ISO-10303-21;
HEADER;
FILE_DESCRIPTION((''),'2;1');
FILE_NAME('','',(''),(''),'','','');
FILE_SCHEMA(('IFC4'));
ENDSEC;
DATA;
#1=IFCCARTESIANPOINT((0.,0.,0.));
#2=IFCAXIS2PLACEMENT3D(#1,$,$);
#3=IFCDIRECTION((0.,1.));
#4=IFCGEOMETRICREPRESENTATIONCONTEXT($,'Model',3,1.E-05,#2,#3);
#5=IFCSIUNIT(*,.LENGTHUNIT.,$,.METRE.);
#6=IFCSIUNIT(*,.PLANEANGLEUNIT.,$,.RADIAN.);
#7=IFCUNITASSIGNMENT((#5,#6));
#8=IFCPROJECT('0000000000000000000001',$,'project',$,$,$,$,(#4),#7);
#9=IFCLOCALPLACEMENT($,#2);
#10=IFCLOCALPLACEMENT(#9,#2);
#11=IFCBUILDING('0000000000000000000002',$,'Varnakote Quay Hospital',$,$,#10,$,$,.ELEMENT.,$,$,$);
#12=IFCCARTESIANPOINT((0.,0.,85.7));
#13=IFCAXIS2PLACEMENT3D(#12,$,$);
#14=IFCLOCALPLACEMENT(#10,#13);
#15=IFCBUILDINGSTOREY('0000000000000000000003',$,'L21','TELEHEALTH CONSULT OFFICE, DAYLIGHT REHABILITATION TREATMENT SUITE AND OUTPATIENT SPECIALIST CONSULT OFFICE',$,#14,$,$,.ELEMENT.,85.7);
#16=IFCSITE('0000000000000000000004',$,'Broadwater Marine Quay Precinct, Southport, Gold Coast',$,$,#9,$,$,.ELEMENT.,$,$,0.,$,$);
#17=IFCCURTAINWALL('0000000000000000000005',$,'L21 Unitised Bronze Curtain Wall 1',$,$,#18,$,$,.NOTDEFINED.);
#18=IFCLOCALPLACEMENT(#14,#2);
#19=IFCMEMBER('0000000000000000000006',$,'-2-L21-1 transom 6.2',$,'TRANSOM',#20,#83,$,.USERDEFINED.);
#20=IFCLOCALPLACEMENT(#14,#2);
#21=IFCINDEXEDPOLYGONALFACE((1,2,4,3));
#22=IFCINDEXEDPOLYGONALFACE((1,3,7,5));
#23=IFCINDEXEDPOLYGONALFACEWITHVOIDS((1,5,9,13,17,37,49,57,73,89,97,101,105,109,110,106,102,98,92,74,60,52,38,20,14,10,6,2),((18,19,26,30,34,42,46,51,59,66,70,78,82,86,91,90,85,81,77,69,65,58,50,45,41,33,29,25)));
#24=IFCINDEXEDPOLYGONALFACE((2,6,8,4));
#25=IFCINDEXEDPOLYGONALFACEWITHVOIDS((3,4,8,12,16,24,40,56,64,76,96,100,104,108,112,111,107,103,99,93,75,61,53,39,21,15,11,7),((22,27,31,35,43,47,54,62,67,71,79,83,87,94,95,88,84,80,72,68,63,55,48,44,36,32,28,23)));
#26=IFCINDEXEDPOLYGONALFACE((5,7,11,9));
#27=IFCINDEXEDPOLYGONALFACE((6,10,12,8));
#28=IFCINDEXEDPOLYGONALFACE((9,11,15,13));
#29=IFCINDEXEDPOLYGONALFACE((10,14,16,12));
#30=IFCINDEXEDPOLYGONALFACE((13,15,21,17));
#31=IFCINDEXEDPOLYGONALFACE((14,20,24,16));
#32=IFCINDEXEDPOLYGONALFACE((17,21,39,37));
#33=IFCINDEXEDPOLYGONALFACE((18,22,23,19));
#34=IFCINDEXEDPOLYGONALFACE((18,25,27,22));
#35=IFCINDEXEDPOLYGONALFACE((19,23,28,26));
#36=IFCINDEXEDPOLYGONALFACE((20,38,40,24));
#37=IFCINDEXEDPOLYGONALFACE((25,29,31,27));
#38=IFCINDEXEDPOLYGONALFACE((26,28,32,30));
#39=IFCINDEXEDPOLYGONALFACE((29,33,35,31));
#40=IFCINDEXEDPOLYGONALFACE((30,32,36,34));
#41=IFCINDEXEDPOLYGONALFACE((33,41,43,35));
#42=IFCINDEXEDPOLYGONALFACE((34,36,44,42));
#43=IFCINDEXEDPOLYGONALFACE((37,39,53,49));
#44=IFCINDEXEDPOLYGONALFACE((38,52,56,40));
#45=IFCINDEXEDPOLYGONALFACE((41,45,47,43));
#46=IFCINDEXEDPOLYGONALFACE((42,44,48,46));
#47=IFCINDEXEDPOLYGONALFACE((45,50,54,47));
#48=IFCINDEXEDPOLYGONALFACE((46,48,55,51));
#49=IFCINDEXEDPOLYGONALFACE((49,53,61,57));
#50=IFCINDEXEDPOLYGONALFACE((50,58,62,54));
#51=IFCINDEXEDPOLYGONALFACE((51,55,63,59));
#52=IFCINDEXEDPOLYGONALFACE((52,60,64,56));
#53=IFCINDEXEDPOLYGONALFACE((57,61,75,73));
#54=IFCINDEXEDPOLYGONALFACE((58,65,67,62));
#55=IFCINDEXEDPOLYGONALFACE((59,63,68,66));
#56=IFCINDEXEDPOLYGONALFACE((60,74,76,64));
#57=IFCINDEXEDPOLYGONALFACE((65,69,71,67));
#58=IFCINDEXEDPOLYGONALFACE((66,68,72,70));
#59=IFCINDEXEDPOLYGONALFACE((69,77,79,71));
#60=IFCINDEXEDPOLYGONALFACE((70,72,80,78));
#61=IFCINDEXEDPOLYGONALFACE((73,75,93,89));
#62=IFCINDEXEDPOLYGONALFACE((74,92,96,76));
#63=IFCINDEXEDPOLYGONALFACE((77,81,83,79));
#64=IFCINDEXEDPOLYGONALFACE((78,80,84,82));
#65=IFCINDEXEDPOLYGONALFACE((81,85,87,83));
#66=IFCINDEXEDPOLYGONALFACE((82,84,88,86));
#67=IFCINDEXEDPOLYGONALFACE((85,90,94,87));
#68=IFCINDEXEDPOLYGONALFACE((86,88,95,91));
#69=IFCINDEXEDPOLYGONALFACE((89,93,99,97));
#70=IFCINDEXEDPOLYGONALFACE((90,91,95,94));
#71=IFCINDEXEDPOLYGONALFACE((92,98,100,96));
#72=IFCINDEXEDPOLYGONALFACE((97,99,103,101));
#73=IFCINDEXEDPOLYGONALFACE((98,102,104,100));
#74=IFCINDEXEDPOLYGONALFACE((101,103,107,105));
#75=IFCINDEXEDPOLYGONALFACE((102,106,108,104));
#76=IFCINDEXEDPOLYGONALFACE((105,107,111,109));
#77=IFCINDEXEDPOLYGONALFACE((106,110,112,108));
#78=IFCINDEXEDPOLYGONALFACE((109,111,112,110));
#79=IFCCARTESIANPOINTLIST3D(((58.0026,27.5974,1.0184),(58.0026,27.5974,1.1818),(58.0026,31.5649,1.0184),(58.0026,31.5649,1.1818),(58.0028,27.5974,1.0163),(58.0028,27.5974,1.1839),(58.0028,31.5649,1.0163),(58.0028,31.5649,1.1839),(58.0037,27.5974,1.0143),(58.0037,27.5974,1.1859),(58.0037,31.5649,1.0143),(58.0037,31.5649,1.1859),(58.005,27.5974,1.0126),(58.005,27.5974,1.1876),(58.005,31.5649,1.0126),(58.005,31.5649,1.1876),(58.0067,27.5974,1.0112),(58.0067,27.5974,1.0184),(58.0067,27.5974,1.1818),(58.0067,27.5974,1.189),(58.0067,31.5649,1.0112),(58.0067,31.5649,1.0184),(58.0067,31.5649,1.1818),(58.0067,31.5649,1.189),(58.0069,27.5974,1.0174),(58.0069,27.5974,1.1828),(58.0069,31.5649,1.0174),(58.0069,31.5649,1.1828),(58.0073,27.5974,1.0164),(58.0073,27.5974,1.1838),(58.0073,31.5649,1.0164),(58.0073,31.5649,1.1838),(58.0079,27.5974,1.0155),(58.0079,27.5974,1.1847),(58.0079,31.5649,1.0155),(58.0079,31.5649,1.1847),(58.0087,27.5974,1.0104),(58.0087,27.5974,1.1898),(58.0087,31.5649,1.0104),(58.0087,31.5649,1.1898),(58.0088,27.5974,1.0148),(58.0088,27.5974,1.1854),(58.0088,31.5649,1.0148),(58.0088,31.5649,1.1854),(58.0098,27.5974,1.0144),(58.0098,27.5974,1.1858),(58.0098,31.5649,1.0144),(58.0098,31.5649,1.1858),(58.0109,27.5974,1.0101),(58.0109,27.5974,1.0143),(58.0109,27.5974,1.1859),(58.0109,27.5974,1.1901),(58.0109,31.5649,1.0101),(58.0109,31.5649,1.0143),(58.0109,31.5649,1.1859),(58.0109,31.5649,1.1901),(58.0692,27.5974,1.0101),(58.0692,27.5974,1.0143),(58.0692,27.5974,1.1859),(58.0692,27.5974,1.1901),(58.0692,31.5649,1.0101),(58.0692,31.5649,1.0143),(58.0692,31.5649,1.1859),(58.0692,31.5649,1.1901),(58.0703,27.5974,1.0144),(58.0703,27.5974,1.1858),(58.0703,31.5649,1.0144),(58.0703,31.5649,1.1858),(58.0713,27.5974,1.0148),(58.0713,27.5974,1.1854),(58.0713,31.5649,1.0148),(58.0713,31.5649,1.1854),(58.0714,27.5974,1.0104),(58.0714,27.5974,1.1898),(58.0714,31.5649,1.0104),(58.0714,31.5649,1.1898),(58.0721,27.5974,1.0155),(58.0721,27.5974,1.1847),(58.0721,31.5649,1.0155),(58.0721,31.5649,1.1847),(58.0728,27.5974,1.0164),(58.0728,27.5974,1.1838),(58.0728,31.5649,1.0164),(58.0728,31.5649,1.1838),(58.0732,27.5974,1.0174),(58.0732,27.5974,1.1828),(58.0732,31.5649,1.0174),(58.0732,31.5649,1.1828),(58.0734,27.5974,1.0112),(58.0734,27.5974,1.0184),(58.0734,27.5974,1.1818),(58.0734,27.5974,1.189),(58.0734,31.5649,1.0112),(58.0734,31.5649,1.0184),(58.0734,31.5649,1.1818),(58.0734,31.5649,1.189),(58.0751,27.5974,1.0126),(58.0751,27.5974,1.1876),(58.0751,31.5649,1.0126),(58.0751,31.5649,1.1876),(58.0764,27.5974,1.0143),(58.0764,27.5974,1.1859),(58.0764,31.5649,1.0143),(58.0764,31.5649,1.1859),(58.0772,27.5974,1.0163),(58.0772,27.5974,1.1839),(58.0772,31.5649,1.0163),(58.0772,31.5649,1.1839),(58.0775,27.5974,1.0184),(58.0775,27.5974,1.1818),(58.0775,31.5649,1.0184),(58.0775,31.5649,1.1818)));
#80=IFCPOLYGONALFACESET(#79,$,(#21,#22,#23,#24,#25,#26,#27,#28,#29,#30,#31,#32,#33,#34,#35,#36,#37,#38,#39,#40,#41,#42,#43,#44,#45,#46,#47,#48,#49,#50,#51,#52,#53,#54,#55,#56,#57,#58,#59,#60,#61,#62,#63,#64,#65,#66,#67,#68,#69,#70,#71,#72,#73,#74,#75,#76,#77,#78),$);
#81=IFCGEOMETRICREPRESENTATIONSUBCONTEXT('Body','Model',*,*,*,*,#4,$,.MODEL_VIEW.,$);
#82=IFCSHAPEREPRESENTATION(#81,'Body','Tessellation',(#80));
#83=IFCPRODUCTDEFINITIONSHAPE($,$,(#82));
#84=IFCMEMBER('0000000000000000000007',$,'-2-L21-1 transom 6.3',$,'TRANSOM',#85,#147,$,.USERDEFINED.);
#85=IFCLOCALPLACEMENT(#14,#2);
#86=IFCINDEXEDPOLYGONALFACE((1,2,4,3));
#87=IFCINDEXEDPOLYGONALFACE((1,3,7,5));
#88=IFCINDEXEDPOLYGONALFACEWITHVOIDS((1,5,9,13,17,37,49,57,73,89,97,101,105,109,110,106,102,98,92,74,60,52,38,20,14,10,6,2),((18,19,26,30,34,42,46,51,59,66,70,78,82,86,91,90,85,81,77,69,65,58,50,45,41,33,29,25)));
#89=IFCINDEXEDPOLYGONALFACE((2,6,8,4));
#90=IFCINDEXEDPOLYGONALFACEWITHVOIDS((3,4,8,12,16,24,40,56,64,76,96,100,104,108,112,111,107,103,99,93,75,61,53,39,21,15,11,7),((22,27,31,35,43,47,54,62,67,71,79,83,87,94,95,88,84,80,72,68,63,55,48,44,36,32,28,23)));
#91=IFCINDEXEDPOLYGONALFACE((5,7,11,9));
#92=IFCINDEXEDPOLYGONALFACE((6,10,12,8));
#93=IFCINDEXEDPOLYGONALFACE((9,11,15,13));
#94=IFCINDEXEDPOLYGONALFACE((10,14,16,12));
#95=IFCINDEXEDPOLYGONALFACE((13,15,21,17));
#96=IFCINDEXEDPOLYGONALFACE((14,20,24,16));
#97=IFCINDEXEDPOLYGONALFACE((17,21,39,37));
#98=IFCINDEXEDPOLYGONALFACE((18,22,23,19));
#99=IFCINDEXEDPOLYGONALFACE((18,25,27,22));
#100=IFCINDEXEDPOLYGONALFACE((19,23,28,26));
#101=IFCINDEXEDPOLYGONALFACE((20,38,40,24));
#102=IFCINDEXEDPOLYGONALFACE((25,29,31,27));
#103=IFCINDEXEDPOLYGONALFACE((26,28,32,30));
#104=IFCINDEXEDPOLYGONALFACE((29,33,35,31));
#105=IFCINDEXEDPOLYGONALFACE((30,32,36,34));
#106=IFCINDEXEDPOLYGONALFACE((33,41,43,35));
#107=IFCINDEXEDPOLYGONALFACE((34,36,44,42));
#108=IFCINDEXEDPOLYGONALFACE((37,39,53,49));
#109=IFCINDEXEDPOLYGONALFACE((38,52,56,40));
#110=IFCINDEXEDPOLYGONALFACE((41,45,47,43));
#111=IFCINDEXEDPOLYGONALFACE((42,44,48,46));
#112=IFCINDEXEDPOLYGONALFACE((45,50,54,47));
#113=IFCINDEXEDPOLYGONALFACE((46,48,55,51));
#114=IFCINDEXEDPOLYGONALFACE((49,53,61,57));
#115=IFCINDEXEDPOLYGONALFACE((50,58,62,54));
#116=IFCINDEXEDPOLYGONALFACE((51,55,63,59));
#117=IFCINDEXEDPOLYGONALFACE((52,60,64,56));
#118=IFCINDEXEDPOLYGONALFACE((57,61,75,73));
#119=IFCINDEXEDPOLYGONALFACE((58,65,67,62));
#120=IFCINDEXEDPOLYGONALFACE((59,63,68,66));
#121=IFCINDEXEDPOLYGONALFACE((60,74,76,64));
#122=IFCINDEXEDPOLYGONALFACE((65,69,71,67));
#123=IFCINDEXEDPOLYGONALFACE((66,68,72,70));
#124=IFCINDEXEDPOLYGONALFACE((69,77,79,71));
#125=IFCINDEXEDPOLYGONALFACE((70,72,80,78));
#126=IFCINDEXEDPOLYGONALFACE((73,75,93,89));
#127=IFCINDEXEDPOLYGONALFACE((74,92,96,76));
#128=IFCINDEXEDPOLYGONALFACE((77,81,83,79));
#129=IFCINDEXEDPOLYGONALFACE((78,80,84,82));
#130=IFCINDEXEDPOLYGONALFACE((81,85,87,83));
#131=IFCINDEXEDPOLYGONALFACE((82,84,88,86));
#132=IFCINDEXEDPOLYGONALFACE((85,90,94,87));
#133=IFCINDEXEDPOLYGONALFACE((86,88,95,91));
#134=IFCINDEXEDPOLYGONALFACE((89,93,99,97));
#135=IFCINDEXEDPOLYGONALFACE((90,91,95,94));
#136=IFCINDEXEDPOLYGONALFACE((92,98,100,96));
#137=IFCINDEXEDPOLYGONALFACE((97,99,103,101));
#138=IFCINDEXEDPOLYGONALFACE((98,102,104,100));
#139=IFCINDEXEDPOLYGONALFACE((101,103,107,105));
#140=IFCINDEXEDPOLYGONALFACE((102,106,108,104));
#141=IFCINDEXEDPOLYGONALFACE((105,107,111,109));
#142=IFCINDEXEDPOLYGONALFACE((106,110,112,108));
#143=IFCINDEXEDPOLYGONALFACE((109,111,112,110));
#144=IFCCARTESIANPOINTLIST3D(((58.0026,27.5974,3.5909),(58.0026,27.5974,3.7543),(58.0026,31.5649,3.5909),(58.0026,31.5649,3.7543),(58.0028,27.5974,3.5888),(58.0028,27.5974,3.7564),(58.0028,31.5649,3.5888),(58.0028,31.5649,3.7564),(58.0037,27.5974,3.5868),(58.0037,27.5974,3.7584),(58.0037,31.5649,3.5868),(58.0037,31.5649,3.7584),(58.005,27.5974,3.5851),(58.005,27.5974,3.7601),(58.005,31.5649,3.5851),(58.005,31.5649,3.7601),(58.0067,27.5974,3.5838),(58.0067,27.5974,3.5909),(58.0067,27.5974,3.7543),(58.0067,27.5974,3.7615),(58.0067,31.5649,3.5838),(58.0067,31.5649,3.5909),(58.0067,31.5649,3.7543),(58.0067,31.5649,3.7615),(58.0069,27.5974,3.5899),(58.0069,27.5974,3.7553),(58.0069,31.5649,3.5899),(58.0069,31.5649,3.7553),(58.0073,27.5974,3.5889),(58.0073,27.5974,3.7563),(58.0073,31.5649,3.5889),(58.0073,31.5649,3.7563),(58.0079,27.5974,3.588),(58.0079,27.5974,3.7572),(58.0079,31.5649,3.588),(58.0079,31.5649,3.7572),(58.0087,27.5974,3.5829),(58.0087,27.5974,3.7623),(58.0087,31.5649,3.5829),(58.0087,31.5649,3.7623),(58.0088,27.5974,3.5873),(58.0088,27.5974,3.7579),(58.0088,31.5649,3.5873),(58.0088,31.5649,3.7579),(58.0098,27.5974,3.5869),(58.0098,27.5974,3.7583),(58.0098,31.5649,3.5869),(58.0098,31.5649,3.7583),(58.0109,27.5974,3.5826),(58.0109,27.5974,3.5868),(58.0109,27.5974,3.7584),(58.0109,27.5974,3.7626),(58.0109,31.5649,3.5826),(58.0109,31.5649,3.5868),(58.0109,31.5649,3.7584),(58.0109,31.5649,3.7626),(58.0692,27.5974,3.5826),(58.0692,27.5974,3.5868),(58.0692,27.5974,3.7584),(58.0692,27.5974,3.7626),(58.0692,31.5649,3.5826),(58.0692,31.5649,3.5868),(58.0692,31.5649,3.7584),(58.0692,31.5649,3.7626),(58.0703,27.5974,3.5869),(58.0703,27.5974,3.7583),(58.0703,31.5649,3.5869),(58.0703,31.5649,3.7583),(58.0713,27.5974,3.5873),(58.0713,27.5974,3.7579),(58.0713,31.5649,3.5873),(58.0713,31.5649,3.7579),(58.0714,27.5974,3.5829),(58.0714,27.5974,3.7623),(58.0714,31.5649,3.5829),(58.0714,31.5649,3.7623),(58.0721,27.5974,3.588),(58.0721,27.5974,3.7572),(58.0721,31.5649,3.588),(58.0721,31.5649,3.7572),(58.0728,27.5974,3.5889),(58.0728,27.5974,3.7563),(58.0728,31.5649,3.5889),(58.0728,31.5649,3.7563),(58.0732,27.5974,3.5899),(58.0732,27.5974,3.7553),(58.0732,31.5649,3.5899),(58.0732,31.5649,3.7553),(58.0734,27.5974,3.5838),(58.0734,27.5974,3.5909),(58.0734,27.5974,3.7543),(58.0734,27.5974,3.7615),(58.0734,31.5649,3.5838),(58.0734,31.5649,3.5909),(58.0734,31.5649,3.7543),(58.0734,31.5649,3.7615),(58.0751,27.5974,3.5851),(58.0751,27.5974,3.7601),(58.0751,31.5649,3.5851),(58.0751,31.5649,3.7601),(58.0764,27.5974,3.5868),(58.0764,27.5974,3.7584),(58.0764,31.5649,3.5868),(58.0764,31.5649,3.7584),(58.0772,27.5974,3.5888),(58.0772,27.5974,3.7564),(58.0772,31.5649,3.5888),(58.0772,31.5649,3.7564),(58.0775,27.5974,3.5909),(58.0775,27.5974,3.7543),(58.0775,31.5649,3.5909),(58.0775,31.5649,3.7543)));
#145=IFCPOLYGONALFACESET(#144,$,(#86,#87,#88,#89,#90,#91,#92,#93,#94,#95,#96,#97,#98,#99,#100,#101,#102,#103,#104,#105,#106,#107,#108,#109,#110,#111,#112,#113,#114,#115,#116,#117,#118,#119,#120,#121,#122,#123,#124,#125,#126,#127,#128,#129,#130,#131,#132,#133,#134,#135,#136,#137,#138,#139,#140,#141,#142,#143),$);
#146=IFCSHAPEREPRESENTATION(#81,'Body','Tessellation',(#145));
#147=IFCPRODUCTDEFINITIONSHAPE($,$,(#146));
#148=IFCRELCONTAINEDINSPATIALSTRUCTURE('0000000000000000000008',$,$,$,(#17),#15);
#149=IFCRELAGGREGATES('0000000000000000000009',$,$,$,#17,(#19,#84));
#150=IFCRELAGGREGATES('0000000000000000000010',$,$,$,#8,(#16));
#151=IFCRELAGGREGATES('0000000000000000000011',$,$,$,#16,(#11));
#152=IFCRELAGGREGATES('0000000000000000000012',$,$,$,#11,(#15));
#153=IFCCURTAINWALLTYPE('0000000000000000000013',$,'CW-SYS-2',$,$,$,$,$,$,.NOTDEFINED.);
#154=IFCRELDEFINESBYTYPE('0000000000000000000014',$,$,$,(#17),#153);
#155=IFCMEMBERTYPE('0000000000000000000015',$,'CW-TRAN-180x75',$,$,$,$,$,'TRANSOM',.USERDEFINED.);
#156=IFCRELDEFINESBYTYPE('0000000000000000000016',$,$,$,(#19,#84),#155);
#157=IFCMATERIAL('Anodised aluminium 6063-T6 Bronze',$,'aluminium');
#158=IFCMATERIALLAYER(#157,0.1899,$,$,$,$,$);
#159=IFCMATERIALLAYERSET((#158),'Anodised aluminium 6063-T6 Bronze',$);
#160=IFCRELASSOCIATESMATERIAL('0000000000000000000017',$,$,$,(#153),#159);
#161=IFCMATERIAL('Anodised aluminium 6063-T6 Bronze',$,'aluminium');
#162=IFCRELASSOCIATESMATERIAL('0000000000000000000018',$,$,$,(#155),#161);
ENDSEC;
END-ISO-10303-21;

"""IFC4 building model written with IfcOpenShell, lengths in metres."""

from ifc_helpers import new_model, si_unit, direction, frame, origin, origin_2d, place, context, subcontext, project, spatial, hollow_rectangle, extrude, material, layer, layer_set, material_profile, profile_set, type_object, element, aggregate, save


model = new_model("IFC4")

# Units and contexts
model_context = context("Model", 3, precision=1e-05, world=origin(), true_north=direction((0.0, 1.0)))
body_context = subcontext(model_context, "Body", "Model", "MODEL_VIEW")
ifc_project = project(units=[si_unit("LENGTHUNIT", "METRE"), si_unit("PLANEANGLEUNIT", "RADIAN")], contexts=[model_context])

# Site, building, storey
site_placement = place(None, origin())
site = spatial("IfcSite", under=ifc_project, at=site_placement, Name="Broadwater Marine Quay Precinct, Southport, Gold Coast", CompositionType="ELEMENT", RefElevation=0.0)
building_placement = place(site_placement, origin())
building = spatial("IfcBuilding", under=site, at=building_placement, Name="Varnakote Quay Hospital", CompositionType="ELEMENT")
storey_placement = place(building_placement, frame((0.0, 0.0, 85.7)))
storey = spatial("IfcBuildingStorey", under=building, at=storey_placement, Name="L21", Description="TELEHEALTH CONSULT OFFICE, DAYLIGHT REHABILITATION TREATMENT SUITE AND OUTPATIENT SPECIALIST CONSULT OFFICE", CompositionType="ELEMENT", Elevation=85.7)

# Curtain wall
ifc_material_1 = material(Name="Anodised aluminium 6063-T6 Bronze", Category="aluminium")
ifc_layer_1 = layer(ifc_material_1, 0.1899)
ifc_layer_set_1 = layer_set([ifc_layer_1], Name="Anodised aluminium 6063-T6 Bronze")
curtain_wall_type = type_object("IfcCurtainWallType", Name="CW-SYS-2", PredefinedType="NOTDEFINED", material=ifc_layer_set_1)
curtain_wall_1_placement = place(storey_placement, origin())
curtain_wall_1 = element("IfcCurtainWall", 1, at=curtain_wall_1_placement, inside=storey, type_object=curtain_wall_type, Name="L21 Unitised Bronze Curtain Wall 1", PredefinedType="NOTDEFINED")

# Members
ifc_material_2 = material(Name="Anodised aluminium 6063-T6 Bronze", Category="aluminium")
ifc_material_profile_1 = material_profile(ifc_material_2, hollow_rectangle(XDim=0.075, YDim=0.1799, WallThickness=0.0042, InnerFilletRadius=0.0042, OuterFilletRadius=0.0083, at=origin_2d()), Name="CW-TRAN-180x75")
ifc_profile_set_1 = profile_set([ifc_material_profile_1], Name="Anodised aluminium 6063-T6 Bronze")
member_type_1 = type_object("IfcMemberType", Name="CW-TRAN-180x75", ElementType="TRANSOM", PredefinedType="USERDEFINED", material=ifc_profile_set_1)
member_1_placement = place(storey_placement, frame((58.04, 27.5974, 1.1001), z_axis=(0.0, 1.0, 0.0), x_axis=(-1.0, 0.0, 0.0)))
member_1 = element("IfcMember", 2, at=member_1_placement, type_object=member_type_1, Name="-2-L21-1 transom 6.2", ObjectType="TRANSOM", PredefinedType="USERDEFINED", context=body_context, shape_type="SweptSolid", body=[
    extrude(hollow_rectangle(XDim=0.075, YDim=0.1799, WallThickness=0.0042, InnerFilletRadius=0.0042, OuterFilletRadius=0.0083, at=origin_2d()), origin(), (0.0, 0.0, 1.0), 3.9675),
])
member_2_placement = place(storey_placement, frame((58.04, 27.5974, 3.6726), z_axis=(0.0, 1.0, 0.0), x_axis=(-1.0, 0.0, 0.0)))
member_2 = element("IfcMember", 3, at=member_2_placement, type_object=member_type_1, Name="-2-L21-1 transom 6.3", ObjectType="TRANSOM", PredefinedType="USERDEFINED", context=body_context, shape_type="SweptSolid", body=[
    extrude(hollow_rectangle(XDim=0.075, YDim=0.1799, WallThickness=0.0042, InnerFilletRadius=0.0042, OuterFilletRadius=0.0083, at=origin_2d()), origin(), (0.0, 0.0, 1.0), 3.9675),
])

aggregate(curtain_wall_1, [member_1, member_2])

save(model, "model.ifc")
